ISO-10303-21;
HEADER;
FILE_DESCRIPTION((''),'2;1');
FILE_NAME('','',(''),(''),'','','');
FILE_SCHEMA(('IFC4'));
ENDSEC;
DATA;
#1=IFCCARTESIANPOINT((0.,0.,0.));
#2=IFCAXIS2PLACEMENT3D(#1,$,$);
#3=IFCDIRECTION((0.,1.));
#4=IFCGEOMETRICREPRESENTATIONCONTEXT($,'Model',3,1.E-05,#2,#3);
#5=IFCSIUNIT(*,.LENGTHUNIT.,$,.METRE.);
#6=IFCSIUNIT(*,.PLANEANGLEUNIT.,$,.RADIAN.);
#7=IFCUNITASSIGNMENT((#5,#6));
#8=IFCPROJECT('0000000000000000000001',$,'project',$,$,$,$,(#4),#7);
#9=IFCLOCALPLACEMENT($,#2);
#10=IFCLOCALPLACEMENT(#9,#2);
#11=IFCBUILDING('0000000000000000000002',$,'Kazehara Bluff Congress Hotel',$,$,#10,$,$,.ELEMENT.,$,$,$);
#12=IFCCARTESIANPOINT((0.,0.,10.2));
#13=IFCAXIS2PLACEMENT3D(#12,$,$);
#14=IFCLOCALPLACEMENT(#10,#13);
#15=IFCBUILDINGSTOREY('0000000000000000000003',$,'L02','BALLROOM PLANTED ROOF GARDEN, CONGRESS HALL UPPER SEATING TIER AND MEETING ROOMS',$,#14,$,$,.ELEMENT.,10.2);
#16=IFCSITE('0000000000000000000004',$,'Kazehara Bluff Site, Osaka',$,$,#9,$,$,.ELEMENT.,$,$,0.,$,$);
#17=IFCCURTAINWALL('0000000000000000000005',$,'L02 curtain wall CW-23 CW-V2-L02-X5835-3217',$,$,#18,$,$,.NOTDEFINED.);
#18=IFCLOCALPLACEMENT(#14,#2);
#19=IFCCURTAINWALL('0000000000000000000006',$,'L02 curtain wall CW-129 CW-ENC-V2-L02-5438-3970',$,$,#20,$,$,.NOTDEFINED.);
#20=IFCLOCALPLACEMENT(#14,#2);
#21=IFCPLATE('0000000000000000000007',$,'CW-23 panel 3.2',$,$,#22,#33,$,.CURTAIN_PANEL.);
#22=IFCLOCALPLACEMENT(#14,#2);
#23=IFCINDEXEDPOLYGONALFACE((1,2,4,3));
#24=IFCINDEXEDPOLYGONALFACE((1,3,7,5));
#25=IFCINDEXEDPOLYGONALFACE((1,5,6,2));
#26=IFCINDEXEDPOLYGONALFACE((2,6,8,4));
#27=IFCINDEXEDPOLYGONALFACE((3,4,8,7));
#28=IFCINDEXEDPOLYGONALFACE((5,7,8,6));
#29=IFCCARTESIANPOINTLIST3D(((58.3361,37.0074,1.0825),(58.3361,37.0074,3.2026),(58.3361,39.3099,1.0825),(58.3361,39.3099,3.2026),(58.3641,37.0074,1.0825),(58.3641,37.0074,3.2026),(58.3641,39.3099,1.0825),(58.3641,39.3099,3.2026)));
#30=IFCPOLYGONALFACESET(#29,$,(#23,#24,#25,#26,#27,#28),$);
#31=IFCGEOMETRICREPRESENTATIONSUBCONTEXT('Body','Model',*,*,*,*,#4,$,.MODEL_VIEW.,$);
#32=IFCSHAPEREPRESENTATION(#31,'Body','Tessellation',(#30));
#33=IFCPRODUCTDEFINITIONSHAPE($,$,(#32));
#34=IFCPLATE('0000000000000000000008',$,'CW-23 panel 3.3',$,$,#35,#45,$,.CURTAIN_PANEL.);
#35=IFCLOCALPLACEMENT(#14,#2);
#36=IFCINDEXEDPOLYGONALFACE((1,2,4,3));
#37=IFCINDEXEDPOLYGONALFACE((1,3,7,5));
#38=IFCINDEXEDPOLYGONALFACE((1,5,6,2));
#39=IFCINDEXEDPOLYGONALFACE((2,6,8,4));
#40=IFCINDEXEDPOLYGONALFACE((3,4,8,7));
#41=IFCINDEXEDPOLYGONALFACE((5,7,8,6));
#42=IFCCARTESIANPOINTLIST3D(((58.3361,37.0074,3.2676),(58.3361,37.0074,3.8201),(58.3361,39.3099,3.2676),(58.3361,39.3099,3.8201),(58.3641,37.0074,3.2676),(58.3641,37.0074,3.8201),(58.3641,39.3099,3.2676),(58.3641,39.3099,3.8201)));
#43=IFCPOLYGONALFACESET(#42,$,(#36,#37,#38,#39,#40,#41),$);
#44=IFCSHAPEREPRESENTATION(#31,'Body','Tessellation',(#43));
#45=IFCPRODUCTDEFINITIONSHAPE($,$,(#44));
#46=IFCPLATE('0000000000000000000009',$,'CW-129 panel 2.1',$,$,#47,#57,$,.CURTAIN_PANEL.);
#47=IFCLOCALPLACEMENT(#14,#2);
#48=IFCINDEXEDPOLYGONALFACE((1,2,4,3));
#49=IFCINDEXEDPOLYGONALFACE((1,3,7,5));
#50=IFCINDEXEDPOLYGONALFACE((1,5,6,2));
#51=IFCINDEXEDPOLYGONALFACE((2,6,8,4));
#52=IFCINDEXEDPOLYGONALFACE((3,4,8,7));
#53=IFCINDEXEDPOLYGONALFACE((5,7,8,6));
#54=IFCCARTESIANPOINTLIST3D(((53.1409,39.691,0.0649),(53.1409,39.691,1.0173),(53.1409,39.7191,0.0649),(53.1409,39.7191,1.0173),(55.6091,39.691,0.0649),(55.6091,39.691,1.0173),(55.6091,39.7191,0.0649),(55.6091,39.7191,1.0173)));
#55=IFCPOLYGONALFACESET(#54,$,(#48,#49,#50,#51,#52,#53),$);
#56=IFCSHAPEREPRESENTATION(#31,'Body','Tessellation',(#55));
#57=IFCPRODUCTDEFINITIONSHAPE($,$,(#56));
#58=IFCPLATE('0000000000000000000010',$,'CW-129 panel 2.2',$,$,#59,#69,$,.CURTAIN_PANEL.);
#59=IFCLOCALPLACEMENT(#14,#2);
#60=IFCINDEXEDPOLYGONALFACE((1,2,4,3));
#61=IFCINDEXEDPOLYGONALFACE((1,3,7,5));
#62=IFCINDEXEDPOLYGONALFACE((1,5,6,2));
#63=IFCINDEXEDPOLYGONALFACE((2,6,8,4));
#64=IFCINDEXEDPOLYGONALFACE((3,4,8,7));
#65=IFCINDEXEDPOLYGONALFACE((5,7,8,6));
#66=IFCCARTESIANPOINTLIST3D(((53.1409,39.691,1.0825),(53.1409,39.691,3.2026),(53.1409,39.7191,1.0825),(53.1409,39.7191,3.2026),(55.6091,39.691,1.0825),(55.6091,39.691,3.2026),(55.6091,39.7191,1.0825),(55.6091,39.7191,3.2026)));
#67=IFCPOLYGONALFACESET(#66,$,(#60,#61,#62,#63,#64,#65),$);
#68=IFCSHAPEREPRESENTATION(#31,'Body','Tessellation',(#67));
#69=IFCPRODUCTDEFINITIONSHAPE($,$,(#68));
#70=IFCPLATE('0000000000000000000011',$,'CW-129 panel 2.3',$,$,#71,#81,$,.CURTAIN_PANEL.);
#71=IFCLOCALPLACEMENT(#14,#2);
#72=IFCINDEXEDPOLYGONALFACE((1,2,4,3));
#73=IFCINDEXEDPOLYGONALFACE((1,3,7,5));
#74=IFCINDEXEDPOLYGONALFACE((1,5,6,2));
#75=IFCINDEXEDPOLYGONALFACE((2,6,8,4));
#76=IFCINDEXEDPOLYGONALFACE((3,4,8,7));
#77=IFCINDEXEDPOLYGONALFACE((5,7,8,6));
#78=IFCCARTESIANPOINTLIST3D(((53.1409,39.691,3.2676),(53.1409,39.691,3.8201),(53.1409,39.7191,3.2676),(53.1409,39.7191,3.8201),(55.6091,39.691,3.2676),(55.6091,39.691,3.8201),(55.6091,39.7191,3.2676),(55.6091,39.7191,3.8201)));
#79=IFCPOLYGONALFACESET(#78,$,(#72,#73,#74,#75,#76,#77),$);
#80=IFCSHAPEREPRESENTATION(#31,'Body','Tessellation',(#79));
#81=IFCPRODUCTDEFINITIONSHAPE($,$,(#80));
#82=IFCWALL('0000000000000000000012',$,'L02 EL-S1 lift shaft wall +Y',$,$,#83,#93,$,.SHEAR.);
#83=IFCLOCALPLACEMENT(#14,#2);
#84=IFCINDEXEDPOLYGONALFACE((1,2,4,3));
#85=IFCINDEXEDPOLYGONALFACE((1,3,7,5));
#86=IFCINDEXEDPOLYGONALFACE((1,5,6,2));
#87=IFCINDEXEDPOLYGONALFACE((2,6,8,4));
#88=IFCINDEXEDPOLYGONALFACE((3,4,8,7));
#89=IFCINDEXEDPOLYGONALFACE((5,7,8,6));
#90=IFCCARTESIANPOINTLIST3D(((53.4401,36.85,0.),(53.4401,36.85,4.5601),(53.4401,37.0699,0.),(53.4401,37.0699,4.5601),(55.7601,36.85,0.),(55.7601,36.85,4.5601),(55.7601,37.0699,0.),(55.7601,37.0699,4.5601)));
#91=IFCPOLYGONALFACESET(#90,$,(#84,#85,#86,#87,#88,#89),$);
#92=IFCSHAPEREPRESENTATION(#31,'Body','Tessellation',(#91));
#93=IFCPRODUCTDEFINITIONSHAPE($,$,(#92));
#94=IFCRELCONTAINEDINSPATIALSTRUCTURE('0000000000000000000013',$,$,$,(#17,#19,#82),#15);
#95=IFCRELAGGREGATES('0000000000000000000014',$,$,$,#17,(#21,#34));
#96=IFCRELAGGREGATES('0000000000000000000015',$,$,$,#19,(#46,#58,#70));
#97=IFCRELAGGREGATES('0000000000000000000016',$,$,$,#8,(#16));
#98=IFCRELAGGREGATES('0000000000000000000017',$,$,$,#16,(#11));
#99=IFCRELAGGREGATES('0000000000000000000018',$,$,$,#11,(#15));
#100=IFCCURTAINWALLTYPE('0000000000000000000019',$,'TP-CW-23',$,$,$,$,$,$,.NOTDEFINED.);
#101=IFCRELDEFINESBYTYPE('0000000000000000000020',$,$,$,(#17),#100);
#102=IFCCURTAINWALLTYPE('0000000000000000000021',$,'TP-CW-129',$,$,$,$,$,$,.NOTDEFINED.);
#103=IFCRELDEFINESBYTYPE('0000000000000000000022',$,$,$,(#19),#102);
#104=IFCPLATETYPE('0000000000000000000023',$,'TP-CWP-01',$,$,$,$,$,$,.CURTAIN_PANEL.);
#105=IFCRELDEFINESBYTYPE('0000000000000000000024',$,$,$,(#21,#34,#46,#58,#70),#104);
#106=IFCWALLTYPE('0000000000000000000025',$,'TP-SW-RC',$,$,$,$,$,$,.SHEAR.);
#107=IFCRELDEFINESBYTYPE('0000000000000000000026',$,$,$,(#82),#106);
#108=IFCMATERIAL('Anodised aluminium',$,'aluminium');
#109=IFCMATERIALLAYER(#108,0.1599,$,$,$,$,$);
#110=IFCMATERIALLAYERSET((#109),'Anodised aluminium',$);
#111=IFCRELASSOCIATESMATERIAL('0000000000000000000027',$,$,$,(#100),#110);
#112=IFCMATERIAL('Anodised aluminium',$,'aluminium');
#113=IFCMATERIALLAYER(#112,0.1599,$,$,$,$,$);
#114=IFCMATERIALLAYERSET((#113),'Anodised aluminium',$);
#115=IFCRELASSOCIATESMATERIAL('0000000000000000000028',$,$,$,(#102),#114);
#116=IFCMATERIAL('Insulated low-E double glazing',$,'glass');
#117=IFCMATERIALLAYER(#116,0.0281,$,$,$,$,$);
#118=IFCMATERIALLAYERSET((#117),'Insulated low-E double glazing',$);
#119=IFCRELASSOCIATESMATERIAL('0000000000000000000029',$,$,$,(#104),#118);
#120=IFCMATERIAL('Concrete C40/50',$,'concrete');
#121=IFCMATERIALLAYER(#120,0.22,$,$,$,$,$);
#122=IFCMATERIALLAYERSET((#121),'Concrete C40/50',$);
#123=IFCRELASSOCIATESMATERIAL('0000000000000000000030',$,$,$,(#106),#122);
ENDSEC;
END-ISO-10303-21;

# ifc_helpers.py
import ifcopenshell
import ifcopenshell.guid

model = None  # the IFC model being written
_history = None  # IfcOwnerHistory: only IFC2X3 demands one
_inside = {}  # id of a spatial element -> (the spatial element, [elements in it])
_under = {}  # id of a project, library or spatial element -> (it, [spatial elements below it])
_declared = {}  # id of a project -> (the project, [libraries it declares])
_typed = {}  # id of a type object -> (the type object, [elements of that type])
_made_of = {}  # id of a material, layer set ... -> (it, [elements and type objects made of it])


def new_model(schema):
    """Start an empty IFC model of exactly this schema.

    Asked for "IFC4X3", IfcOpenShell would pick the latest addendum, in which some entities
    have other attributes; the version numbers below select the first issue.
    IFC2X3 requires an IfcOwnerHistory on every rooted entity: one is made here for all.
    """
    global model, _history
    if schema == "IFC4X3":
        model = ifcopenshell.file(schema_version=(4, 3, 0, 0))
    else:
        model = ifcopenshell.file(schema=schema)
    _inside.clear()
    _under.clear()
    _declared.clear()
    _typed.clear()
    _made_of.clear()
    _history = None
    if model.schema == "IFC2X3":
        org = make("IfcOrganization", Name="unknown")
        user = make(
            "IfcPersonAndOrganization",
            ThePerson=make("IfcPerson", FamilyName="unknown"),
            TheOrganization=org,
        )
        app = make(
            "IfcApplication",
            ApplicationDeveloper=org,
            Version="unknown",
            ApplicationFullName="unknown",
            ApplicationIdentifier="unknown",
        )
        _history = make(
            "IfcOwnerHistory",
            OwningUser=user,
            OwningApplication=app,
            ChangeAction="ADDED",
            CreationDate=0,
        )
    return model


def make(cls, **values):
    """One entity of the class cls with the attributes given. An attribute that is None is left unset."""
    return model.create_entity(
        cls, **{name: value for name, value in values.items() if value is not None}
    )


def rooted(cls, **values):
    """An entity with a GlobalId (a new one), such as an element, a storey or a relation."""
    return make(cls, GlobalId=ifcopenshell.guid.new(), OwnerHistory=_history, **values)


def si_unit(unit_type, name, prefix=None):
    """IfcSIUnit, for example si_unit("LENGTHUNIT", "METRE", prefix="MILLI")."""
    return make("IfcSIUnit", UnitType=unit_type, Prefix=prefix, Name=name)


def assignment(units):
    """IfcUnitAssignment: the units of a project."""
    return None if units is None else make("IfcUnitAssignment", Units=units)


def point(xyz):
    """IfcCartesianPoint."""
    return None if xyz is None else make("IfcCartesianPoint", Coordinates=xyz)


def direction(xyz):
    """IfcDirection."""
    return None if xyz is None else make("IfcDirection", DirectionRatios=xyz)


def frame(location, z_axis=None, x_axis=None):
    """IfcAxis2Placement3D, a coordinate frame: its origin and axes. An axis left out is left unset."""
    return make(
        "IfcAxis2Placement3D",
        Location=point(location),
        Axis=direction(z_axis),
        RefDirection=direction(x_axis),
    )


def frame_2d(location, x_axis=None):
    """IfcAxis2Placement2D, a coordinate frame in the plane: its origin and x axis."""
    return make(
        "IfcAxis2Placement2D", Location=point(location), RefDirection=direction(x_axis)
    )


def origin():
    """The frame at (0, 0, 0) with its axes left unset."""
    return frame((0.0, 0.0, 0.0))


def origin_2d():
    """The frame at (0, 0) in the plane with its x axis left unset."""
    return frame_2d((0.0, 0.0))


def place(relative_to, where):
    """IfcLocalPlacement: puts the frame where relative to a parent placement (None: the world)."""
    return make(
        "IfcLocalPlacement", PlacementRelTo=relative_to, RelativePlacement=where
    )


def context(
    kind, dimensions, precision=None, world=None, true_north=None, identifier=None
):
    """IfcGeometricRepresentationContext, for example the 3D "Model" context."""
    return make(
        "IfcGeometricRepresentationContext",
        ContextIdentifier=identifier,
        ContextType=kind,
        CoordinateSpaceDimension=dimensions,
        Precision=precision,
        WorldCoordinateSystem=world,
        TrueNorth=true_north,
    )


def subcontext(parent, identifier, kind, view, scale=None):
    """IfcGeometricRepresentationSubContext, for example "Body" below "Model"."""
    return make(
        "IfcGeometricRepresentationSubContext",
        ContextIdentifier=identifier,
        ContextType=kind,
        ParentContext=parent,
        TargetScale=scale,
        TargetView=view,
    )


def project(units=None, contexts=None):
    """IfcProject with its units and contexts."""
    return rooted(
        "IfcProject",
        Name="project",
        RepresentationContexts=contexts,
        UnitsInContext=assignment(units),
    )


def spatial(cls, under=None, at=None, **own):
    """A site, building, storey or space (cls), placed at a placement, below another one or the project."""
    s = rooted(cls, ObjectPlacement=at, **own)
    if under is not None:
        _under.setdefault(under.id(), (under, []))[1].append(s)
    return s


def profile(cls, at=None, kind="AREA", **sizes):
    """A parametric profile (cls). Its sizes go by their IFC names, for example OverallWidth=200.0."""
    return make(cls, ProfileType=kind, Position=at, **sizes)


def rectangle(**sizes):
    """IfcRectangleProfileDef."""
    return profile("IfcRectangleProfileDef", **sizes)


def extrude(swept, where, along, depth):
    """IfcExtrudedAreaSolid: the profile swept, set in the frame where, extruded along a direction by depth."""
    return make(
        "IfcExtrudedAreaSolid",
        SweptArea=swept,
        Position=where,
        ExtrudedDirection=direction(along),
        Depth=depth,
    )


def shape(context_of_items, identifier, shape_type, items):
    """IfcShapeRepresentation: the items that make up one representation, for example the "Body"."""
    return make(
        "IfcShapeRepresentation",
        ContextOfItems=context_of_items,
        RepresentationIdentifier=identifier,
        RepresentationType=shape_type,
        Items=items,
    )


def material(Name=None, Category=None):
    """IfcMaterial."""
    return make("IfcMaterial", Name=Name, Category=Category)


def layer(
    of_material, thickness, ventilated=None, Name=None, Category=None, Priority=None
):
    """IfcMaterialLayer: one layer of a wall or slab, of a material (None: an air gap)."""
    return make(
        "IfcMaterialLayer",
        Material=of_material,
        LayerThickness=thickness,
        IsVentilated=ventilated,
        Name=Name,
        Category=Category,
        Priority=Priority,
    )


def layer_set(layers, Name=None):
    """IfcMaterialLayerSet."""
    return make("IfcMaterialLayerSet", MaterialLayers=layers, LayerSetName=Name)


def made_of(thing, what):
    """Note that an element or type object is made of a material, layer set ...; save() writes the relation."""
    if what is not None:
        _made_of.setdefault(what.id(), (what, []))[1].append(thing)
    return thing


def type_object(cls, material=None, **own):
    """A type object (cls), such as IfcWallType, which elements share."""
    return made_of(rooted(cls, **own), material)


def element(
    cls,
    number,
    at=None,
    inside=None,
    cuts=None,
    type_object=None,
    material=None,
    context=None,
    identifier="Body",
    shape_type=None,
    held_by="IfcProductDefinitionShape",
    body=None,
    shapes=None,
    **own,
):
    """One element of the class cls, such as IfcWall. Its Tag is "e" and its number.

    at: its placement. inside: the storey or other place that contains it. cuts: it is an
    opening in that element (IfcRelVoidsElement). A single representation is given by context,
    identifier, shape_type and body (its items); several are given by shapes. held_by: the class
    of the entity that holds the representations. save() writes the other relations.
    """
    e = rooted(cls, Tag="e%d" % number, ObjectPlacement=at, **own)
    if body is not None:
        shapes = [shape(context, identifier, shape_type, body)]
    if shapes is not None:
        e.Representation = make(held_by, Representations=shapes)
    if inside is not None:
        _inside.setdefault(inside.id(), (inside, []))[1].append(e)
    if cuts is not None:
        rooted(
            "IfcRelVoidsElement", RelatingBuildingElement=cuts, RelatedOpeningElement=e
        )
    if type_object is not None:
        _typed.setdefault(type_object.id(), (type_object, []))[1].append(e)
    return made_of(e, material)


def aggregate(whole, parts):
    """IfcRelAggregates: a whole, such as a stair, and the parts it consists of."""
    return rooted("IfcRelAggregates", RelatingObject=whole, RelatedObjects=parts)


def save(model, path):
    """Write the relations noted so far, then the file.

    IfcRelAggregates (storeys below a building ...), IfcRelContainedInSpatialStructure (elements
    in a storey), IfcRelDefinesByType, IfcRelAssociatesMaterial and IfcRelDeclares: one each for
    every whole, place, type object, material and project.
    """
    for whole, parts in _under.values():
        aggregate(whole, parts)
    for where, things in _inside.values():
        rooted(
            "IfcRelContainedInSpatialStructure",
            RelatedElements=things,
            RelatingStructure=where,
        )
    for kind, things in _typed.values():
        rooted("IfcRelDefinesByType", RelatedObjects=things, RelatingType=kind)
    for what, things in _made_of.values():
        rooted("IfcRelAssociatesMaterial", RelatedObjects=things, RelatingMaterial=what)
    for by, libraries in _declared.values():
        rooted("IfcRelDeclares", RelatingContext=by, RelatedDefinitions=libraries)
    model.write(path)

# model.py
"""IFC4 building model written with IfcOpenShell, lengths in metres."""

from ifc_helpers import new_model, si_unit, direction, frame, frame_2d, origin, origin_2d, place, context, subcontext, project, spatial, rectangle, extrude, material, layer, layer_set, type_object, element, aggregate, save


model = new_model("IFC4")

# Units and contexts
model_context = context("Model", 3, precision=1e-05, world=origin(), true_north=direction((0.0, 1.0)))
body_context = subcontext(model_context, "Body", "Model", "MODEL_VIEW")
ifc_project = project(units=[si_unit("LENGTHUNIT", "METRE"), si_unit("PLANEANGLEUNIT", "RADIAN")], contexts=[model_context])

# Site, building, storey
site_placement = place(None, origin())
site = spatial("IfcSite", under=ifc_project, at=site_placement, Name="Kazehara Bluff Site, Osaka", CompositionType="ELEMENT", RefElevation=0.0)
building_placement = place(site_placement, origin())
building = spatial("IfcBuilding", under=site, at=building_placement, Name="Kazehara Bluff Congress Hotel", CompositionType="ELEMENT")
storey_placement = place(building_placement, frame((0.0, 0.0, 10.2)))
storey = spatial("IfcBuildingStorey", under=building, at=storey_placement, Name="L02", Description="BALLROOM PLANTED ROOF GARDEN, CONGRESS HALL UPPER SEATING TIER AND MEETING ROOMS", CompositionType="ELEMENT", Elevation=10.2)

# Curtain wall
ifc_material_1 = material(Name="Anodised aluminium", Category="aluminium")
ifc_layer_1 = layer(ifc_material_1, 0.1599)
ifc_layer_set_1 = layer_set([ifc_layer_1], Name="Anodised aluminium")
curtain_wall_type_1 = type_object("IfcCurtainWallType", Name="TP-CW-23", PredefinedType="NOTDEFINED", material=ifc_layer_set_1)
curtain_wall_1_placement = place(storey_placement, origin())
curtain_wall_1 = element("IfcCurtainWall", 1, at=curtain_wall_1_placement, inside=storey, type_object=curtain_wall_type_1, Name="L02 curtain wall CW-23 CW-V2-L02-X5835-3217", PredefinedType="NOTDEFINED")

# Curtain wall
ifc_material_2 = material(Name="Anodised aluminium", Category="aluminium")
ifc_layer_2 = layer(ifc_material_2, 0.1599)
ifc_layer_set_2 = layer_set([ifc_layer_2], Name="Anodised aluminium")
curtain_wall_type_2 = type_object("IfcCurtainWallType", Name="TP-CW-129", PredefinedType="NOTDEFINED", material=ifc_layer_set_2)
curtain_wall_2_placement = place(storey_placement, origin())
curtain_wall_2 = element("IfcCurtainWall", 2, at=curtain_wall_2_placement, inside=storey, type_object=curtain_wall_type_2, Name="L02 curtain wall CW-129 CW-ENC-V2-L02-5438-3970", PredefinedType="NOTDEFINED")

# Plates
ifc_material_3 = material(Name="Insulated low-E double glazing", Category="glass")
ifc_layer_3 = layer(ifc_material_3, 0.0281)
ifc_layer_set_3 = layer_set([ifc_layer_3], Name="Insulated low-E double glazing")
plate_type = type_object("IfcPlateType", Name="TP-CWP-01", PredefinedType="CURTAIN_PANEL", material=ifc_layer_set_3)
plate_1_placement = place(storey_placement, frame((58.3501, 38.1587, 1.0825), z_axis=(0.0, 0.0, 1.0), x_axis=(0.0, 1.0, 0.0)))
plate_1 = element("IfcPlate", 3, at=plate_1_placement, type_object=plate_type, Name="CW-23 panel 3.2", PredefinedType="CURTAIN_PANEL", context=body_context, shape_type="SweptSolid", body=[
    extrude(rectangle(XDim=2.3025, YDim=0.0281, at=origin_2d()), origin(), (0.0, 0.0, 1.0), 2.1201),
])
plate_2_placement = place(storey_placement, frame((58.3501, 38.1587, 3.2676), z_axis=(0.0, 0.0, 1.0), x_axis=(0.0, 1.0, 0.0)))
plate_2 = element("IfcPlate", 4, at=plate_2_placement, type_object=plate_type, Name="CW-23 panel 3.3", PredefinedType="CURTAIN_PANEL", context=body_context, shape_type="SweptSolid", body=[
    extrude(rectangle(XDim=2.3025, YDim=0.0281, at=origin_2d()), origin(), (0.0, 0.0, 1.0), 0.5525),
])
aggregate(curtain_wall_1, [plate_1, plate_2])
plate_3_placement = place(storey_placement, frame((54.375, 39.7051, 0.0649), z_axis=(0.0, 0.0, 1.0), x_axis=(1.0, 0.0, 0.0)))
plate_3 = element("IfcPlate", 5, at=plate_3_placement, type_object=plate_type, Name="CW-129 panel 2.1", PredefinedType="CURTAIN_PANEL", context=body_context, shape_type="SweptSolid", body=[
    extrude(rectangle(XDim=2.4683, YDim=0.0281, at=origin_2d()), origin(), (0.0, 0.0, 1.0), 0.9524),
])
plate_4_placement = place(storey_placement, frame((54.375, 39.7051, 1.0825), z_axis=(0.0, 0.0, 1.0), x_axis=(1.0, 0.0, 0.0)))
plate_4 = element("IfcPlate", 6, at=plate_4_placement, type_object=plate_type, Name="CW-129 panel 2.2", PredefinedType="CURTAIN_PANEL", context=body_context, shape_type="SweptSolid", body=[
    extrude(rectangle(XDim=2.4683, YDim=0.0281, at=origin_2d()), origin(), (0.0, 0.0, 1.0), 2.1201),
])
plate_5_placement = place(storey_placement, frame((54.375, 39.7051, 3.2676), z_axis=(0.0, 0.0, 1.0), x_axis=(1.0, 0.0, 0.0)))
plate_5 = element("IfcPlate", 7, at=plate_5_placement, type_object=plate_type, Name="CW-129 panel 2.3", PredefinedType="CURTAIN_PANEL", context=body_context, shape_type="SweptSolid", body=[
    extrude(rectangle(XDim=2.4683, YDim=0.0281, at=origin_2d()), origin(), (0.0, 0.0, 1.0), 0.5525),
])
aggregate(curtain_wall_2, [plate_3, plate_4, plate_5])

# Wall
ifc_material_4 = material(Name="Concrete C40/50", Category="concrete")
ifc_layer_4 = layer(ifc_material_4, 0.22)
ifc_layer_set_4 = layer_set([ifc_layer_4], Name="Concrete C40/50")
wall_type = type_object("IfcWallType", Name="TP-SW-RC", PredefinedType="SHEAR", material=ifc_layer_set_4)
wall_placement = place(storey_placement, frame((53.4399, 36.96, 0.0), z_axis=(0.0, 0.0, 1.0), x_axis=(1.0, 0.0, 0.0)))
element("IfcWall", 8, at=wall_placement, inside=storey, type_object=wall_type, Name="L02 EL-S1 lift shaft wall +Y", PredefinedType="SHEAR", context=body_context, shape_type="SweptSolid", body=[
    extrude(rectangle(XDim=2.3201, YDim=0.22, at=frame_2d((1.1602, 0.0))), origin(), (0.0, 0.0, 1.0), 4.5601),
])

save(model, "model.ifc")
